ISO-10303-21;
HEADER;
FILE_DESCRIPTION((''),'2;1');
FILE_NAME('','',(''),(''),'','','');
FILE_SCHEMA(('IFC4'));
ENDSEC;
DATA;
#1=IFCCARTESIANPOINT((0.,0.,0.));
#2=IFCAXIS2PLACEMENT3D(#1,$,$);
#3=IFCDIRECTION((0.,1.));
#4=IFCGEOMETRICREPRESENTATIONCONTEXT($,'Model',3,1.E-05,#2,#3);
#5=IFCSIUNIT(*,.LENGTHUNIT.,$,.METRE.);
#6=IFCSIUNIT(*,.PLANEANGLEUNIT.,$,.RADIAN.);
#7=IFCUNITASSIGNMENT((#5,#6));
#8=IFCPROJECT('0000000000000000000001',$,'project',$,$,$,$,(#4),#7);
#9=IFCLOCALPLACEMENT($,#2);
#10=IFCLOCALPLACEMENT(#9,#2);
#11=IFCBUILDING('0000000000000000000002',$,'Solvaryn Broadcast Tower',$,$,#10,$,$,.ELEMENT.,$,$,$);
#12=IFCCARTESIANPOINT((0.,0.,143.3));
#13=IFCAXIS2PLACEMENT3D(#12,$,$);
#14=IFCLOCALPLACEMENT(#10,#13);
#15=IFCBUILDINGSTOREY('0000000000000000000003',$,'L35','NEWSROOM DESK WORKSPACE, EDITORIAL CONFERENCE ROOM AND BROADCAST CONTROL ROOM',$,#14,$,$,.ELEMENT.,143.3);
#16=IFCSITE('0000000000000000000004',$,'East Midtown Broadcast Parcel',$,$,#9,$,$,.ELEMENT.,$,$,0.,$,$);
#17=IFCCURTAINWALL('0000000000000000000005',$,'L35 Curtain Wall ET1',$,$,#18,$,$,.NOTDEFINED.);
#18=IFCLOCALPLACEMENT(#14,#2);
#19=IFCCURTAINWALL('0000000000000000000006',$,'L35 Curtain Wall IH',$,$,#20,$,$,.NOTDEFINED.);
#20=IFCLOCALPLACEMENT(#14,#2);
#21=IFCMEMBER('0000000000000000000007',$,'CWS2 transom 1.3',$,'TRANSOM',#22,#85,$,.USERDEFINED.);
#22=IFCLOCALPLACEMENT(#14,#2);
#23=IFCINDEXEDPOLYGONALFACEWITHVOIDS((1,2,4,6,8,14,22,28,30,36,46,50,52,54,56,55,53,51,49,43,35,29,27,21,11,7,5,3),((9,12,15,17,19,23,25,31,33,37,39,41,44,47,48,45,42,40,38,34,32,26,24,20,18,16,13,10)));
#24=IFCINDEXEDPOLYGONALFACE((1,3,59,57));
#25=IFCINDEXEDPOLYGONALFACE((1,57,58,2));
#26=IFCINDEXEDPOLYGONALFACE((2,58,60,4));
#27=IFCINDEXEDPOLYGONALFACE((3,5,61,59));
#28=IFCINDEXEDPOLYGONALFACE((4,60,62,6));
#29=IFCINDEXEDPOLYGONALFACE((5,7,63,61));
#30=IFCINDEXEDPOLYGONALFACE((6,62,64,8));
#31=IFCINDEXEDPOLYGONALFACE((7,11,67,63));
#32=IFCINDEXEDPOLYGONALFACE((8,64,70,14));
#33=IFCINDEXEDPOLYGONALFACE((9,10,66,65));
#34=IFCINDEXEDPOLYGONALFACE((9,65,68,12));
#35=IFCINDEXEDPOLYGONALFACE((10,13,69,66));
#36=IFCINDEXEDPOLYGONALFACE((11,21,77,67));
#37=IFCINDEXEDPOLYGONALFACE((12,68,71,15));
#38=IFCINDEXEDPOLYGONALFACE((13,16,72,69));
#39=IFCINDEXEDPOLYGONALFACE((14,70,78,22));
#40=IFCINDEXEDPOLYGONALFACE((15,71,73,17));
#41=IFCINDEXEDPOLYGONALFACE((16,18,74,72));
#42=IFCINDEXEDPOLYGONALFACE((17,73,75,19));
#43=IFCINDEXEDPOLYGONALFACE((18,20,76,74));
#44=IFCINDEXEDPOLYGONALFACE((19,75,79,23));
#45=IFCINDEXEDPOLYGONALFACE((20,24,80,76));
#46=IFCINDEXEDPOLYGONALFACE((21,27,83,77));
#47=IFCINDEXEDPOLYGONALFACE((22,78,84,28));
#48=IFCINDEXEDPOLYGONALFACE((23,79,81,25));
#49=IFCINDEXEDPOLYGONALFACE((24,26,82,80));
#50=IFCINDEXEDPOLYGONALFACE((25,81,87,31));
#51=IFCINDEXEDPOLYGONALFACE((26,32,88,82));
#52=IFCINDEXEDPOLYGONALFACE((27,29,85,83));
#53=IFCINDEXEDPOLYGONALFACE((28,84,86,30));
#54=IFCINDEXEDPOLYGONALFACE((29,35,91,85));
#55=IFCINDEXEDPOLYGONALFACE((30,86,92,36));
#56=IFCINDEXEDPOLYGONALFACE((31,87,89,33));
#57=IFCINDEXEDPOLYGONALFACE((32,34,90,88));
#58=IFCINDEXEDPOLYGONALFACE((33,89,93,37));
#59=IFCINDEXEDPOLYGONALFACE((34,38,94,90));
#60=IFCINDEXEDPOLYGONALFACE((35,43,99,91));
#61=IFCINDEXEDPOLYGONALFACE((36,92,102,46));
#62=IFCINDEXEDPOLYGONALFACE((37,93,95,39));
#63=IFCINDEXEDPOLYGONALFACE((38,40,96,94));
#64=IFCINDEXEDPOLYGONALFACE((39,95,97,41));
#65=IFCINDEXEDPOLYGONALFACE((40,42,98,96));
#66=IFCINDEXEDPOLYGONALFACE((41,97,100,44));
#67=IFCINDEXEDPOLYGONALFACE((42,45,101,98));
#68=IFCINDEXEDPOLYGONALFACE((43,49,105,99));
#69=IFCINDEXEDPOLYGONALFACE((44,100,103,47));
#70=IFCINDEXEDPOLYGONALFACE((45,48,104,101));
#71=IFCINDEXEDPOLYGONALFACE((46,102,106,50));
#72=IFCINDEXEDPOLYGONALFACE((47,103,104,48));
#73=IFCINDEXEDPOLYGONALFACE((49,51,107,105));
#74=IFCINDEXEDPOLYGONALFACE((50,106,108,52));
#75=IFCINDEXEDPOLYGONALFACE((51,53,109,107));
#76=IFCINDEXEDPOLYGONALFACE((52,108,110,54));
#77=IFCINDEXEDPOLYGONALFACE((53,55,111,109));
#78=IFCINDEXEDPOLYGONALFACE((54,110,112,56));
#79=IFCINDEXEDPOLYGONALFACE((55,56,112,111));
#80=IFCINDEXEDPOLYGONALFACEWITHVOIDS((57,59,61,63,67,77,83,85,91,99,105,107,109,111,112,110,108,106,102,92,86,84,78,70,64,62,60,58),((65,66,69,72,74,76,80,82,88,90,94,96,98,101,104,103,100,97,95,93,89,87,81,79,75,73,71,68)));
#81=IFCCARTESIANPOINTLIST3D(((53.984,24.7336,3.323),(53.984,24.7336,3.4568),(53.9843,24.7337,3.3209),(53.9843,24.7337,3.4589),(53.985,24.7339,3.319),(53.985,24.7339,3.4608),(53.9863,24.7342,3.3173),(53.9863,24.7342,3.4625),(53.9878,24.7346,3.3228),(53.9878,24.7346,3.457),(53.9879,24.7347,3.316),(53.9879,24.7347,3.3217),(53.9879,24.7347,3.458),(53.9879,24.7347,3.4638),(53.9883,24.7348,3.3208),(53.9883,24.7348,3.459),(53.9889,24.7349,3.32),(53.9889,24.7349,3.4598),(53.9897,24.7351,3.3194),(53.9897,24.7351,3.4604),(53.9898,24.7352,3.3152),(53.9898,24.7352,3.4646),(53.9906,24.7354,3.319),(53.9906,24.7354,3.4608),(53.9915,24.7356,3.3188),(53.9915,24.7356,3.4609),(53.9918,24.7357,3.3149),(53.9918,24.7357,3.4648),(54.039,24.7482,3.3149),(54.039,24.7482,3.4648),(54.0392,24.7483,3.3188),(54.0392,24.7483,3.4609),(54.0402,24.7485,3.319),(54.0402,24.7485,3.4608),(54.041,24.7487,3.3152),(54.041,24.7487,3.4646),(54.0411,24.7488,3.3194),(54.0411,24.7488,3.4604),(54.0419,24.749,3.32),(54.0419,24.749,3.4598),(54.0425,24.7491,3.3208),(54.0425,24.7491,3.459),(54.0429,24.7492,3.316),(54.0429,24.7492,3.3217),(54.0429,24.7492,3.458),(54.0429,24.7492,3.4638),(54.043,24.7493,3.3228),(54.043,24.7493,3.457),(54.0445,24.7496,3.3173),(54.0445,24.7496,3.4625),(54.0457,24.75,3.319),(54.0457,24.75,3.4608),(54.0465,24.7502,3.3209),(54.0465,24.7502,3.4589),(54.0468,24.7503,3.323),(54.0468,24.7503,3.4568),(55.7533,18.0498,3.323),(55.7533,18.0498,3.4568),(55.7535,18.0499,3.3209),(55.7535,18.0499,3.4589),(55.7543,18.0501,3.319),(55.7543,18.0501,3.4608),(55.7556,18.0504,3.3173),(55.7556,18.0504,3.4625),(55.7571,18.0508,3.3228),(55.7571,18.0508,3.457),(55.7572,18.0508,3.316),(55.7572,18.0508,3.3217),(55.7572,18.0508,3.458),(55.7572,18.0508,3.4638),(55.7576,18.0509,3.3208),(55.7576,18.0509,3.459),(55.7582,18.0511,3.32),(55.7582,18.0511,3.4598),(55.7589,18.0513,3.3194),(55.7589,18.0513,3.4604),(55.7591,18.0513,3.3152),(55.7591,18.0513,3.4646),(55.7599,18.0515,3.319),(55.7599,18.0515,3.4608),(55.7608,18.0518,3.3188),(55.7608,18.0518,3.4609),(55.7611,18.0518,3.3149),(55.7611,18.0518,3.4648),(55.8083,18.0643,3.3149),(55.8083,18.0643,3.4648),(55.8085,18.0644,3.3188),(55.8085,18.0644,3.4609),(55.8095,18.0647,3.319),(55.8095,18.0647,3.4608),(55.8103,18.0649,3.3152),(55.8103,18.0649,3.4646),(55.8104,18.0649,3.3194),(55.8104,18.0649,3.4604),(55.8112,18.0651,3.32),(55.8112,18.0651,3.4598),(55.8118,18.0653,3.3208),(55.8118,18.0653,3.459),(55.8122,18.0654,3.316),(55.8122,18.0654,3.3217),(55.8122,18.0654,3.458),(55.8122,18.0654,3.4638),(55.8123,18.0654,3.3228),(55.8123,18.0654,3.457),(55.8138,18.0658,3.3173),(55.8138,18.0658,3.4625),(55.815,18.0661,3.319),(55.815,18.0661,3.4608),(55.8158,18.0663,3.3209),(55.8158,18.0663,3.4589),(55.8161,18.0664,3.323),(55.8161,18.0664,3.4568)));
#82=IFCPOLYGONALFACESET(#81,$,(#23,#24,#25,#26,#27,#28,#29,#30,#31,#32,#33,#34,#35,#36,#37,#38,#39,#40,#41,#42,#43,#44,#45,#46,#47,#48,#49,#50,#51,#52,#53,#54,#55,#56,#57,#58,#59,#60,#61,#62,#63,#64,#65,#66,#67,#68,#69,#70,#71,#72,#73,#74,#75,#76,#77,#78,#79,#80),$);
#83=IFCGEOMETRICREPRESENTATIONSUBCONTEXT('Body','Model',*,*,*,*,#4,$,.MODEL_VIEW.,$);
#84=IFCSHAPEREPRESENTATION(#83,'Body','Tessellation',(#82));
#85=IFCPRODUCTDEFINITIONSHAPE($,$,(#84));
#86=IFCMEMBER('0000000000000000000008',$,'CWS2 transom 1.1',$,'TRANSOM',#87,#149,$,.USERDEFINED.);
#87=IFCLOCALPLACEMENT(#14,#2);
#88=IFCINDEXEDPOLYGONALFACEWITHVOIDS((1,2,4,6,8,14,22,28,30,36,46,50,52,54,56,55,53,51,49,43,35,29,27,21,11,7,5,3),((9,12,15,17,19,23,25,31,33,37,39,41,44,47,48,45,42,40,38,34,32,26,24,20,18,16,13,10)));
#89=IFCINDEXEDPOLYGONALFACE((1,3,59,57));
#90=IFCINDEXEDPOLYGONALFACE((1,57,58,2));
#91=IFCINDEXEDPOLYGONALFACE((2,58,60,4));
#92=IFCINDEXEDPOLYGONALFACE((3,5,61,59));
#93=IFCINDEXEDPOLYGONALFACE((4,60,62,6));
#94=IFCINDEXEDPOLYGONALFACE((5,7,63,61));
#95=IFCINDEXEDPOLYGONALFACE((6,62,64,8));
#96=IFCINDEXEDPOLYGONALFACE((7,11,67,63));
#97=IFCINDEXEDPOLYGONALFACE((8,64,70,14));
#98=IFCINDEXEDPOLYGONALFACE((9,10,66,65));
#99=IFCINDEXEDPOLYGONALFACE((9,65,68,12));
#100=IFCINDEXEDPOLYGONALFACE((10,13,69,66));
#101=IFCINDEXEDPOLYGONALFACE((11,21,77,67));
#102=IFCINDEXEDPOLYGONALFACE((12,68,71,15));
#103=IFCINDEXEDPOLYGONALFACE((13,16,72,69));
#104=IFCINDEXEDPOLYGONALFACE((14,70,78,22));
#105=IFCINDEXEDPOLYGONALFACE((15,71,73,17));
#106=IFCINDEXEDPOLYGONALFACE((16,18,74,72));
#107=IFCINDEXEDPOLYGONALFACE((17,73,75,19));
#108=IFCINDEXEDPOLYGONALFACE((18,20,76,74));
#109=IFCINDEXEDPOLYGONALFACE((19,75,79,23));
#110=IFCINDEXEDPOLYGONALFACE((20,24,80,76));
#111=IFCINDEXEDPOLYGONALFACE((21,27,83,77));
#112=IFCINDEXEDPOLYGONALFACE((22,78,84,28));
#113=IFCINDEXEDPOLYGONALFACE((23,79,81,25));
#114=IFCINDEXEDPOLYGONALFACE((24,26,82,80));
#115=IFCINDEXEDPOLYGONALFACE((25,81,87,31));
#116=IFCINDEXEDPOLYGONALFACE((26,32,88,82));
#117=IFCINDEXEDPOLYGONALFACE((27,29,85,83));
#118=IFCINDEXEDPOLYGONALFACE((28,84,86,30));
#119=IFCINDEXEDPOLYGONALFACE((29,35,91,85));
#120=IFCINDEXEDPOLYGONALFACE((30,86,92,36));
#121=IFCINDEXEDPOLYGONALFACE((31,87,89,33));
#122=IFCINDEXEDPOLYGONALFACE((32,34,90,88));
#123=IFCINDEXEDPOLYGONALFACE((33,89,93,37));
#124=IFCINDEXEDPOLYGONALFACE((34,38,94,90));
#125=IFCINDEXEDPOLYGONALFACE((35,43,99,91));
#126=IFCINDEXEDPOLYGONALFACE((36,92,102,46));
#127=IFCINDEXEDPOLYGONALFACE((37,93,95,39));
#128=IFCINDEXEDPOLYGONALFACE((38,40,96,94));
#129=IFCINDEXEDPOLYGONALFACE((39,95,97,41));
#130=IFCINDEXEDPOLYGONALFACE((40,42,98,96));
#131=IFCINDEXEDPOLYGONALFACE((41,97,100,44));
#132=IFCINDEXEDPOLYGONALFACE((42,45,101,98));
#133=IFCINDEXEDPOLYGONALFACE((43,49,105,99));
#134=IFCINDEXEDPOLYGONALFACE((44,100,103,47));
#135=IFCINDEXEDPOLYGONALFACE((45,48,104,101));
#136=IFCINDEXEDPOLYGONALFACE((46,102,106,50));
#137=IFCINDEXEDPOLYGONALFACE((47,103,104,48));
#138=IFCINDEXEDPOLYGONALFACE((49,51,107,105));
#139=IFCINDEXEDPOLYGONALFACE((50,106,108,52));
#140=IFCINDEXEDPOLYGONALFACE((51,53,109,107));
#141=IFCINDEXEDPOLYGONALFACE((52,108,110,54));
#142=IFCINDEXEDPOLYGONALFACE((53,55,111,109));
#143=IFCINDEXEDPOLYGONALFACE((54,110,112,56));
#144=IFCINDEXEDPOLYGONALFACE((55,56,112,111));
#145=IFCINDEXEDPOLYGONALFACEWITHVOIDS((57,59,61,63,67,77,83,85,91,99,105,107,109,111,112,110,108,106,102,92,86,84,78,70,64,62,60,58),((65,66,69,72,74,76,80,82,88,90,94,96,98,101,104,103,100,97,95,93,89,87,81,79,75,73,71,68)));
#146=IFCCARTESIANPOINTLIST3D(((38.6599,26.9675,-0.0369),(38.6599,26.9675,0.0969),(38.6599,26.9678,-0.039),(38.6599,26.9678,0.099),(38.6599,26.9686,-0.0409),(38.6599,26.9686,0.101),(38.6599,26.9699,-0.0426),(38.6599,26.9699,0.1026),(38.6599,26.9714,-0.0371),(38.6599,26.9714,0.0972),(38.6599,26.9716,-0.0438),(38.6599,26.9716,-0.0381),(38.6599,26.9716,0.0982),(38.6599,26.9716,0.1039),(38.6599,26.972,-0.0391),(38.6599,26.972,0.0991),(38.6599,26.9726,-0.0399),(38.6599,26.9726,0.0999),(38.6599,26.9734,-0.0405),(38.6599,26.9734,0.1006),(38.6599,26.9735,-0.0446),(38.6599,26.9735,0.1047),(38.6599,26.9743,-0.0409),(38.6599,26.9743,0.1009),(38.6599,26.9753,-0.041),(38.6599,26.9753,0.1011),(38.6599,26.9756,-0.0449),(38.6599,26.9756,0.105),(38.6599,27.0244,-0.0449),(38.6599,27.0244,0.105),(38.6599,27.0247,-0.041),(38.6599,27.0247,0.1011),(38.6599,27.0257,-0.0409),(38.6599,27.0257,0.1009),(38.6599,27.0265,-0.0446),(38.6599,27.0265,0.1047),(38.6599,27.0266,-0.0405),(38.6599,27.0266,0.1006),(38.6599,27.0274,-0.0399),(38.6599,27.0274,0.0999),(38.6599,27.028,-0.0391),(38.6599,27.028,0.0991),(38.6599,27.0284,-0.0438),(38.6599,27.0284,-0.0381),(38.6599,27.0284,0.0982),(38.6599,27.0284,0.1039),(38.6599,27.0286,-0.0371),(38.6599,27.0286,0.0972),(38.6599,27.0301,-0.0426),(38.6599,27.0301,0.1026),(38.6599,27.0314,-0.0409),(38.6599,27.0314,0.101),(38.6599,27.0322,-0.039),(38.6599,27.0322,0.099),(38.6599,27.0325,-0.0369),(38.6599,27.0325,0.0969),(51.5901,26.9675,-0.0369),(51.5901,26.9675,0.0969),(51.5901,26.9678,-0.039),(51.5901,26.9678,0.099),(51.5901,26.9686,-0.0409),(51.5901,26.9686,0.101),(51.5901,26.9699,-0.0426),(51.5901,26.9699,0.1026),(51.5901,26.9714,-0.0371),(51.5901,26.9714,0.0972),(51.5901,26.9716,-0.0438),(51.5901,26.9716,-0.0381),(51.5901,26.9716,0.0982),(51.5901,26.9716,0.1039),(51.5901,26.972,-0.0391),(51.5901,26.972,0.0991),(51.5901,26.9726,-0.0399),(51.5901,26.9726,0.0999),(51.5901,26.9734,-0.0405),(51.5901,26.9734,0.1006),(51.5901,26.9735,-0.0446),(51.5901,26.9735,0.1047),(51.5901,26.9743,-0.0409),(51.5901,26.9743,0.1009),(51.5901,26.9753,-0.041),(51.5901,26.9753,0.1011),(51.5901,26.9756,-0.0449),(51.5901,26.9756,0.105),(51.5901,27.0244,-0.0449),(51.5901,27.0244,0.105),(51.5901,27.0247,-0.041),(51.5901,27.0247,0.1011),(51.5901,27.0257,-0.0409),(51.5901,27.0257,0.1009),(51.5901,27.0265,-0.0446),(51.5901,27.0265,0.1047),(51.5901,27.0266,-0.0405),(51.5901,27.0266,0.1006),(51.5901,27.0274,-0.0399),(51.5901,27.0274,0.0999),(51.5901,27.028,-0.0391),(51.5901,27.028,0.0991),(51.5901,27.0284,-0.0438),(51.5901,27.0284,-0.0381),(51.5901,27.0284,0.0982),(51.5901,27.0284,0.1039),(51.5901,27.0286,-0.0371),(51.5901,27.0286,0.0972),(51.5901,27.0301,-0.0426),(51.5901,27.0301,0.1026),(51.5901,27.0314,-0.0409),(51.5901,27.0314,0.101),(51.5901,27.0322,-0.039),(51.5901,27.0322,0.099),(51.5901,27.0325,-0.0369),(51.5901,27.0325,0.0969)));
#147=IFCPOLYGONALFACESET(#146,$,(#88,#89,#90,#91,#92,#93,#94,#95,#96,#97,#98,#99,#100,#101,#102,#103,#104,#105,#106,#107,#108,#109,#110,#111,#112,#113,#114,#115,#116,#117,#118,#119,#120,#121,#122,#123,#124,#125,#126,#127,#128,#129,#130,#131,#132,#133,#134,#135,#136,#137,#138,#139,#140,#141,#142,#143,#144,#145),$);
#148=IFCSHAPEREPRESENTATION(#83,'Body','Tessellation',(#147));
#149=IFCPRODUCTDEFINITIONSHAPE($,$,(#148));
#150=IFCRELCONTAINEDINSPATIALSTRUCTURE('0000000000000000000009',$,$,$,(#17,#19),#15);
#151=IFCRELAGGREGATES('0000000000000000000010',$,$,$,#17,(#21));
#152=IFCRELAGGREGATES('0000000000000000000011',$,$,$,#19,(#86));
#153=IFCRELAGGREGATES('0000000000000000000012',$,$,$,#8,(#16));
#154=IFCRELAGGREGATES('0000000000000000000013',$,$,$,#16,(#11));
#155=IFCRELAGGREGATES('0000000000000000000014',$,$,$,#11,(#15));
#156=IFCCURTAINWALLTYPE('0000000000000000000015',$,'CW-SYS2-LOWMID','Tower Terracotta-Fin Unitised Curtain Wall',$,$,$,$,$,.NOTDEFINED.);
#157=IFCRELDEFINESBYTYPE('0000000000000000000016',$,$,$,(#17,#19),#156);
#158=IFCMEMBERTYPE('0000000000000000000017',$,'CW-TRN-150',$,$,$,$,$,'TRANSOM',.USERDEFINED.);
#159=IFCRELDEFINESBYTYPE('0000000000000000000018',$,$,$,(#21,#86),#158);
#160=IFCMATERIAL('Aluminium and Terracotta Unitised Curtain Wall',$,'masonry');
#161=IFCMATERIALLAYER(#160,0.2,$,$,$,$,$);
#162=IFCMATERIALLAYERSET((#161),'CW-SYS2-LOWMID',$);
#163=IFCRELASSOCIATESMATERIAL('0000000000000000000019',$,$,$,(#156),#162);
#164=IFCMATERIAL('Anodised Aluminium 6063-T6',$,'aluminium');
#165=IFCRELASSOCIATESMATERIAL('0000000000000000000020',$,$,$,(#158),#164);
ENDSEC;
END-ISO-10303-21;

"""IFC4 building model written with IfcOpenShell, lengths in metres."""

from ifc_helpers import new_model, si_unit, direction, frame, origin, origin_2d, place, context, subcontext, project, spatial, hollow_rectangle, extrude, material, layer, layer_set, material_profile, profile_set, type_object, element, aggregate, save


model = new_model("IFC4")

# Units and contexts
model_context = context("Model", 3, precision=1e-05, world=origin(), true_north=direction((0.0, 1.0)))
body_context = subcontext(model_context, "Body", "Model", "MODEL_VIEW")
ifc_project = project(units=[si_unit("LENGTHUNIT", "METRE"), si_unit("PLANEANGLEUNIT", "RADIAN")], contexts=[model_context])

# Site, building, storey
site_placement = place(None, origin())
site = spatial("IfcSite", under=ifc_project, at=site_placement, Name="East Midtown Broadcast Parcel", CompositionType="ELEMENT", RefElevation=0.0)
building_placement = place(site_placement, origin())
building = spatial("IfcBuilding", under=site, at=building_placement, Name="Solvaryn Broadcast Tower", CompositionType="ELEMENT")
storey_placement = place(building_placement, frame((0.0, 0.0, 143.3)))
storey = spatial("IfcBuildingStorey", under=building, at=storey_placement, Name="L35", Description="NEWSROOM DESK WORKSPACE, EDITORIAL CONFERENCE ROOM AND BROADCAST CONTROL ROOM", CompositionType="ELEMENT", Elevation=143.3)

# Curtain walls
ifc_material_1 = material(Name="Aluminium and Terracotta Unitised Curtain Wall", Category="masonry")
ifc_layer_1 = layer(ifc_material_1, 0.2)
ifc_layer_set_1 = layer_set([ifc_layer_1], Name="CW-SYS2-LOWMID")
curtain_wall_type = type_object("IfcCurtainWallType", Name="CW-SYS2-LOWMID", Description="Tower Terracotta-Fin Unitised Curtain Wall", PredefinedType="NOTDEFINED", material=ifc_layer_set_1)
curtain_wall_1_placement = place(storey_placement, origin())
curtain_wall_1 = element("IfcCurtainWall", 1, at=curtain_wall_1_placement, inside=storey, type_object=curtain_wall_type, Name="L35 Curtain Wall ET1", PredefinedType="NOTDEFINED")
curtain_wall_2_placement = place(storey_placement, origin())
curtain_wall_2 = element("IfcCurtainWall", 2, at=curtain_wall_2_placement, inside=storey, type_object=curtain_wall_type, Name="L35 Curtain Wall IH", PredefinedType="NOTDEFINED")

# Members
ifc_material_2 = material(Name="Anodised Aluminium 6063-T6", Category="aluminium")
ifc_material_profile_1 = material_profile(ifc_material_2, hollow_rectangle(XDim=0.0649, YDim=0.1499, WallThickness=0.0039, InnerFilletRadius=0.0039, OuterFilletRadius=0.0081, at=origin_2d()))
ifc_profile_set_1 = profile_set([ifc_material_profile_1], Name="Anodised Aluminium 6063-T6")
member_type_1 = type_object("IfcMemberType", Name="CW-TRN-150", ElementType="TRANSOM", PredefinedType="USERDEFINED", material=ifc_profile_set_1)
member_1_placement = place(storey_placement, frame((54.0154, 24.7419, 3.3899), z_axis=(0.255897, -0.966704, 0.0), x_axis=(0.966704, 0.255897, 0.0)))
member_1 = element("IfcMember", 3, at=member_1_placement, type_object=member_type_1, Name="CWS2 transom 1.3", ObjectType="TRANSOM", PredefinedType="USERDEFINED", context=body_context, shape_type="SweptSolid", body=[
    extrude(hollow_rectangle(XDim=0.0649, YDim=0.1499, WallThickness=0.0039, InnerFilletRadius=0.0039, OuterFilletRadius=0.0081, at=origin_2d()), origin(), (0.0, 0.0, 1.0), 6.9141),
])
member_2_placement = place(storey_placement, frame((38.6599, 27.0, 0.03), z_axis=(1.0, 0.0, 0.0), x_axis=(0.0, 1.0, 0.0)))
member_2 = element("IfcMember", 4, at=member_2_placement, type_object=member_type_1, Name="CWS2 transom 1.1", ObjectType="TRANSOM", PredefinedType="USERDEFINED", context=body_context, shape_type="SweptSolid", body=[
    extrude(hollow_rectangle(XDim=0.0649, YDim=0.1499, WallThickness=0.0039, InnerFilletRadius=0.0039, OuterFilletRadius=0.0081, at=origin_2d()), origin(), (0.0, 0.0, 1.0), 12.9302),
])

aggregate(curtain_wall_1, [member_1])
aggregate(curtain_wall_2, [member_2])

save(model, "model.ifc")
